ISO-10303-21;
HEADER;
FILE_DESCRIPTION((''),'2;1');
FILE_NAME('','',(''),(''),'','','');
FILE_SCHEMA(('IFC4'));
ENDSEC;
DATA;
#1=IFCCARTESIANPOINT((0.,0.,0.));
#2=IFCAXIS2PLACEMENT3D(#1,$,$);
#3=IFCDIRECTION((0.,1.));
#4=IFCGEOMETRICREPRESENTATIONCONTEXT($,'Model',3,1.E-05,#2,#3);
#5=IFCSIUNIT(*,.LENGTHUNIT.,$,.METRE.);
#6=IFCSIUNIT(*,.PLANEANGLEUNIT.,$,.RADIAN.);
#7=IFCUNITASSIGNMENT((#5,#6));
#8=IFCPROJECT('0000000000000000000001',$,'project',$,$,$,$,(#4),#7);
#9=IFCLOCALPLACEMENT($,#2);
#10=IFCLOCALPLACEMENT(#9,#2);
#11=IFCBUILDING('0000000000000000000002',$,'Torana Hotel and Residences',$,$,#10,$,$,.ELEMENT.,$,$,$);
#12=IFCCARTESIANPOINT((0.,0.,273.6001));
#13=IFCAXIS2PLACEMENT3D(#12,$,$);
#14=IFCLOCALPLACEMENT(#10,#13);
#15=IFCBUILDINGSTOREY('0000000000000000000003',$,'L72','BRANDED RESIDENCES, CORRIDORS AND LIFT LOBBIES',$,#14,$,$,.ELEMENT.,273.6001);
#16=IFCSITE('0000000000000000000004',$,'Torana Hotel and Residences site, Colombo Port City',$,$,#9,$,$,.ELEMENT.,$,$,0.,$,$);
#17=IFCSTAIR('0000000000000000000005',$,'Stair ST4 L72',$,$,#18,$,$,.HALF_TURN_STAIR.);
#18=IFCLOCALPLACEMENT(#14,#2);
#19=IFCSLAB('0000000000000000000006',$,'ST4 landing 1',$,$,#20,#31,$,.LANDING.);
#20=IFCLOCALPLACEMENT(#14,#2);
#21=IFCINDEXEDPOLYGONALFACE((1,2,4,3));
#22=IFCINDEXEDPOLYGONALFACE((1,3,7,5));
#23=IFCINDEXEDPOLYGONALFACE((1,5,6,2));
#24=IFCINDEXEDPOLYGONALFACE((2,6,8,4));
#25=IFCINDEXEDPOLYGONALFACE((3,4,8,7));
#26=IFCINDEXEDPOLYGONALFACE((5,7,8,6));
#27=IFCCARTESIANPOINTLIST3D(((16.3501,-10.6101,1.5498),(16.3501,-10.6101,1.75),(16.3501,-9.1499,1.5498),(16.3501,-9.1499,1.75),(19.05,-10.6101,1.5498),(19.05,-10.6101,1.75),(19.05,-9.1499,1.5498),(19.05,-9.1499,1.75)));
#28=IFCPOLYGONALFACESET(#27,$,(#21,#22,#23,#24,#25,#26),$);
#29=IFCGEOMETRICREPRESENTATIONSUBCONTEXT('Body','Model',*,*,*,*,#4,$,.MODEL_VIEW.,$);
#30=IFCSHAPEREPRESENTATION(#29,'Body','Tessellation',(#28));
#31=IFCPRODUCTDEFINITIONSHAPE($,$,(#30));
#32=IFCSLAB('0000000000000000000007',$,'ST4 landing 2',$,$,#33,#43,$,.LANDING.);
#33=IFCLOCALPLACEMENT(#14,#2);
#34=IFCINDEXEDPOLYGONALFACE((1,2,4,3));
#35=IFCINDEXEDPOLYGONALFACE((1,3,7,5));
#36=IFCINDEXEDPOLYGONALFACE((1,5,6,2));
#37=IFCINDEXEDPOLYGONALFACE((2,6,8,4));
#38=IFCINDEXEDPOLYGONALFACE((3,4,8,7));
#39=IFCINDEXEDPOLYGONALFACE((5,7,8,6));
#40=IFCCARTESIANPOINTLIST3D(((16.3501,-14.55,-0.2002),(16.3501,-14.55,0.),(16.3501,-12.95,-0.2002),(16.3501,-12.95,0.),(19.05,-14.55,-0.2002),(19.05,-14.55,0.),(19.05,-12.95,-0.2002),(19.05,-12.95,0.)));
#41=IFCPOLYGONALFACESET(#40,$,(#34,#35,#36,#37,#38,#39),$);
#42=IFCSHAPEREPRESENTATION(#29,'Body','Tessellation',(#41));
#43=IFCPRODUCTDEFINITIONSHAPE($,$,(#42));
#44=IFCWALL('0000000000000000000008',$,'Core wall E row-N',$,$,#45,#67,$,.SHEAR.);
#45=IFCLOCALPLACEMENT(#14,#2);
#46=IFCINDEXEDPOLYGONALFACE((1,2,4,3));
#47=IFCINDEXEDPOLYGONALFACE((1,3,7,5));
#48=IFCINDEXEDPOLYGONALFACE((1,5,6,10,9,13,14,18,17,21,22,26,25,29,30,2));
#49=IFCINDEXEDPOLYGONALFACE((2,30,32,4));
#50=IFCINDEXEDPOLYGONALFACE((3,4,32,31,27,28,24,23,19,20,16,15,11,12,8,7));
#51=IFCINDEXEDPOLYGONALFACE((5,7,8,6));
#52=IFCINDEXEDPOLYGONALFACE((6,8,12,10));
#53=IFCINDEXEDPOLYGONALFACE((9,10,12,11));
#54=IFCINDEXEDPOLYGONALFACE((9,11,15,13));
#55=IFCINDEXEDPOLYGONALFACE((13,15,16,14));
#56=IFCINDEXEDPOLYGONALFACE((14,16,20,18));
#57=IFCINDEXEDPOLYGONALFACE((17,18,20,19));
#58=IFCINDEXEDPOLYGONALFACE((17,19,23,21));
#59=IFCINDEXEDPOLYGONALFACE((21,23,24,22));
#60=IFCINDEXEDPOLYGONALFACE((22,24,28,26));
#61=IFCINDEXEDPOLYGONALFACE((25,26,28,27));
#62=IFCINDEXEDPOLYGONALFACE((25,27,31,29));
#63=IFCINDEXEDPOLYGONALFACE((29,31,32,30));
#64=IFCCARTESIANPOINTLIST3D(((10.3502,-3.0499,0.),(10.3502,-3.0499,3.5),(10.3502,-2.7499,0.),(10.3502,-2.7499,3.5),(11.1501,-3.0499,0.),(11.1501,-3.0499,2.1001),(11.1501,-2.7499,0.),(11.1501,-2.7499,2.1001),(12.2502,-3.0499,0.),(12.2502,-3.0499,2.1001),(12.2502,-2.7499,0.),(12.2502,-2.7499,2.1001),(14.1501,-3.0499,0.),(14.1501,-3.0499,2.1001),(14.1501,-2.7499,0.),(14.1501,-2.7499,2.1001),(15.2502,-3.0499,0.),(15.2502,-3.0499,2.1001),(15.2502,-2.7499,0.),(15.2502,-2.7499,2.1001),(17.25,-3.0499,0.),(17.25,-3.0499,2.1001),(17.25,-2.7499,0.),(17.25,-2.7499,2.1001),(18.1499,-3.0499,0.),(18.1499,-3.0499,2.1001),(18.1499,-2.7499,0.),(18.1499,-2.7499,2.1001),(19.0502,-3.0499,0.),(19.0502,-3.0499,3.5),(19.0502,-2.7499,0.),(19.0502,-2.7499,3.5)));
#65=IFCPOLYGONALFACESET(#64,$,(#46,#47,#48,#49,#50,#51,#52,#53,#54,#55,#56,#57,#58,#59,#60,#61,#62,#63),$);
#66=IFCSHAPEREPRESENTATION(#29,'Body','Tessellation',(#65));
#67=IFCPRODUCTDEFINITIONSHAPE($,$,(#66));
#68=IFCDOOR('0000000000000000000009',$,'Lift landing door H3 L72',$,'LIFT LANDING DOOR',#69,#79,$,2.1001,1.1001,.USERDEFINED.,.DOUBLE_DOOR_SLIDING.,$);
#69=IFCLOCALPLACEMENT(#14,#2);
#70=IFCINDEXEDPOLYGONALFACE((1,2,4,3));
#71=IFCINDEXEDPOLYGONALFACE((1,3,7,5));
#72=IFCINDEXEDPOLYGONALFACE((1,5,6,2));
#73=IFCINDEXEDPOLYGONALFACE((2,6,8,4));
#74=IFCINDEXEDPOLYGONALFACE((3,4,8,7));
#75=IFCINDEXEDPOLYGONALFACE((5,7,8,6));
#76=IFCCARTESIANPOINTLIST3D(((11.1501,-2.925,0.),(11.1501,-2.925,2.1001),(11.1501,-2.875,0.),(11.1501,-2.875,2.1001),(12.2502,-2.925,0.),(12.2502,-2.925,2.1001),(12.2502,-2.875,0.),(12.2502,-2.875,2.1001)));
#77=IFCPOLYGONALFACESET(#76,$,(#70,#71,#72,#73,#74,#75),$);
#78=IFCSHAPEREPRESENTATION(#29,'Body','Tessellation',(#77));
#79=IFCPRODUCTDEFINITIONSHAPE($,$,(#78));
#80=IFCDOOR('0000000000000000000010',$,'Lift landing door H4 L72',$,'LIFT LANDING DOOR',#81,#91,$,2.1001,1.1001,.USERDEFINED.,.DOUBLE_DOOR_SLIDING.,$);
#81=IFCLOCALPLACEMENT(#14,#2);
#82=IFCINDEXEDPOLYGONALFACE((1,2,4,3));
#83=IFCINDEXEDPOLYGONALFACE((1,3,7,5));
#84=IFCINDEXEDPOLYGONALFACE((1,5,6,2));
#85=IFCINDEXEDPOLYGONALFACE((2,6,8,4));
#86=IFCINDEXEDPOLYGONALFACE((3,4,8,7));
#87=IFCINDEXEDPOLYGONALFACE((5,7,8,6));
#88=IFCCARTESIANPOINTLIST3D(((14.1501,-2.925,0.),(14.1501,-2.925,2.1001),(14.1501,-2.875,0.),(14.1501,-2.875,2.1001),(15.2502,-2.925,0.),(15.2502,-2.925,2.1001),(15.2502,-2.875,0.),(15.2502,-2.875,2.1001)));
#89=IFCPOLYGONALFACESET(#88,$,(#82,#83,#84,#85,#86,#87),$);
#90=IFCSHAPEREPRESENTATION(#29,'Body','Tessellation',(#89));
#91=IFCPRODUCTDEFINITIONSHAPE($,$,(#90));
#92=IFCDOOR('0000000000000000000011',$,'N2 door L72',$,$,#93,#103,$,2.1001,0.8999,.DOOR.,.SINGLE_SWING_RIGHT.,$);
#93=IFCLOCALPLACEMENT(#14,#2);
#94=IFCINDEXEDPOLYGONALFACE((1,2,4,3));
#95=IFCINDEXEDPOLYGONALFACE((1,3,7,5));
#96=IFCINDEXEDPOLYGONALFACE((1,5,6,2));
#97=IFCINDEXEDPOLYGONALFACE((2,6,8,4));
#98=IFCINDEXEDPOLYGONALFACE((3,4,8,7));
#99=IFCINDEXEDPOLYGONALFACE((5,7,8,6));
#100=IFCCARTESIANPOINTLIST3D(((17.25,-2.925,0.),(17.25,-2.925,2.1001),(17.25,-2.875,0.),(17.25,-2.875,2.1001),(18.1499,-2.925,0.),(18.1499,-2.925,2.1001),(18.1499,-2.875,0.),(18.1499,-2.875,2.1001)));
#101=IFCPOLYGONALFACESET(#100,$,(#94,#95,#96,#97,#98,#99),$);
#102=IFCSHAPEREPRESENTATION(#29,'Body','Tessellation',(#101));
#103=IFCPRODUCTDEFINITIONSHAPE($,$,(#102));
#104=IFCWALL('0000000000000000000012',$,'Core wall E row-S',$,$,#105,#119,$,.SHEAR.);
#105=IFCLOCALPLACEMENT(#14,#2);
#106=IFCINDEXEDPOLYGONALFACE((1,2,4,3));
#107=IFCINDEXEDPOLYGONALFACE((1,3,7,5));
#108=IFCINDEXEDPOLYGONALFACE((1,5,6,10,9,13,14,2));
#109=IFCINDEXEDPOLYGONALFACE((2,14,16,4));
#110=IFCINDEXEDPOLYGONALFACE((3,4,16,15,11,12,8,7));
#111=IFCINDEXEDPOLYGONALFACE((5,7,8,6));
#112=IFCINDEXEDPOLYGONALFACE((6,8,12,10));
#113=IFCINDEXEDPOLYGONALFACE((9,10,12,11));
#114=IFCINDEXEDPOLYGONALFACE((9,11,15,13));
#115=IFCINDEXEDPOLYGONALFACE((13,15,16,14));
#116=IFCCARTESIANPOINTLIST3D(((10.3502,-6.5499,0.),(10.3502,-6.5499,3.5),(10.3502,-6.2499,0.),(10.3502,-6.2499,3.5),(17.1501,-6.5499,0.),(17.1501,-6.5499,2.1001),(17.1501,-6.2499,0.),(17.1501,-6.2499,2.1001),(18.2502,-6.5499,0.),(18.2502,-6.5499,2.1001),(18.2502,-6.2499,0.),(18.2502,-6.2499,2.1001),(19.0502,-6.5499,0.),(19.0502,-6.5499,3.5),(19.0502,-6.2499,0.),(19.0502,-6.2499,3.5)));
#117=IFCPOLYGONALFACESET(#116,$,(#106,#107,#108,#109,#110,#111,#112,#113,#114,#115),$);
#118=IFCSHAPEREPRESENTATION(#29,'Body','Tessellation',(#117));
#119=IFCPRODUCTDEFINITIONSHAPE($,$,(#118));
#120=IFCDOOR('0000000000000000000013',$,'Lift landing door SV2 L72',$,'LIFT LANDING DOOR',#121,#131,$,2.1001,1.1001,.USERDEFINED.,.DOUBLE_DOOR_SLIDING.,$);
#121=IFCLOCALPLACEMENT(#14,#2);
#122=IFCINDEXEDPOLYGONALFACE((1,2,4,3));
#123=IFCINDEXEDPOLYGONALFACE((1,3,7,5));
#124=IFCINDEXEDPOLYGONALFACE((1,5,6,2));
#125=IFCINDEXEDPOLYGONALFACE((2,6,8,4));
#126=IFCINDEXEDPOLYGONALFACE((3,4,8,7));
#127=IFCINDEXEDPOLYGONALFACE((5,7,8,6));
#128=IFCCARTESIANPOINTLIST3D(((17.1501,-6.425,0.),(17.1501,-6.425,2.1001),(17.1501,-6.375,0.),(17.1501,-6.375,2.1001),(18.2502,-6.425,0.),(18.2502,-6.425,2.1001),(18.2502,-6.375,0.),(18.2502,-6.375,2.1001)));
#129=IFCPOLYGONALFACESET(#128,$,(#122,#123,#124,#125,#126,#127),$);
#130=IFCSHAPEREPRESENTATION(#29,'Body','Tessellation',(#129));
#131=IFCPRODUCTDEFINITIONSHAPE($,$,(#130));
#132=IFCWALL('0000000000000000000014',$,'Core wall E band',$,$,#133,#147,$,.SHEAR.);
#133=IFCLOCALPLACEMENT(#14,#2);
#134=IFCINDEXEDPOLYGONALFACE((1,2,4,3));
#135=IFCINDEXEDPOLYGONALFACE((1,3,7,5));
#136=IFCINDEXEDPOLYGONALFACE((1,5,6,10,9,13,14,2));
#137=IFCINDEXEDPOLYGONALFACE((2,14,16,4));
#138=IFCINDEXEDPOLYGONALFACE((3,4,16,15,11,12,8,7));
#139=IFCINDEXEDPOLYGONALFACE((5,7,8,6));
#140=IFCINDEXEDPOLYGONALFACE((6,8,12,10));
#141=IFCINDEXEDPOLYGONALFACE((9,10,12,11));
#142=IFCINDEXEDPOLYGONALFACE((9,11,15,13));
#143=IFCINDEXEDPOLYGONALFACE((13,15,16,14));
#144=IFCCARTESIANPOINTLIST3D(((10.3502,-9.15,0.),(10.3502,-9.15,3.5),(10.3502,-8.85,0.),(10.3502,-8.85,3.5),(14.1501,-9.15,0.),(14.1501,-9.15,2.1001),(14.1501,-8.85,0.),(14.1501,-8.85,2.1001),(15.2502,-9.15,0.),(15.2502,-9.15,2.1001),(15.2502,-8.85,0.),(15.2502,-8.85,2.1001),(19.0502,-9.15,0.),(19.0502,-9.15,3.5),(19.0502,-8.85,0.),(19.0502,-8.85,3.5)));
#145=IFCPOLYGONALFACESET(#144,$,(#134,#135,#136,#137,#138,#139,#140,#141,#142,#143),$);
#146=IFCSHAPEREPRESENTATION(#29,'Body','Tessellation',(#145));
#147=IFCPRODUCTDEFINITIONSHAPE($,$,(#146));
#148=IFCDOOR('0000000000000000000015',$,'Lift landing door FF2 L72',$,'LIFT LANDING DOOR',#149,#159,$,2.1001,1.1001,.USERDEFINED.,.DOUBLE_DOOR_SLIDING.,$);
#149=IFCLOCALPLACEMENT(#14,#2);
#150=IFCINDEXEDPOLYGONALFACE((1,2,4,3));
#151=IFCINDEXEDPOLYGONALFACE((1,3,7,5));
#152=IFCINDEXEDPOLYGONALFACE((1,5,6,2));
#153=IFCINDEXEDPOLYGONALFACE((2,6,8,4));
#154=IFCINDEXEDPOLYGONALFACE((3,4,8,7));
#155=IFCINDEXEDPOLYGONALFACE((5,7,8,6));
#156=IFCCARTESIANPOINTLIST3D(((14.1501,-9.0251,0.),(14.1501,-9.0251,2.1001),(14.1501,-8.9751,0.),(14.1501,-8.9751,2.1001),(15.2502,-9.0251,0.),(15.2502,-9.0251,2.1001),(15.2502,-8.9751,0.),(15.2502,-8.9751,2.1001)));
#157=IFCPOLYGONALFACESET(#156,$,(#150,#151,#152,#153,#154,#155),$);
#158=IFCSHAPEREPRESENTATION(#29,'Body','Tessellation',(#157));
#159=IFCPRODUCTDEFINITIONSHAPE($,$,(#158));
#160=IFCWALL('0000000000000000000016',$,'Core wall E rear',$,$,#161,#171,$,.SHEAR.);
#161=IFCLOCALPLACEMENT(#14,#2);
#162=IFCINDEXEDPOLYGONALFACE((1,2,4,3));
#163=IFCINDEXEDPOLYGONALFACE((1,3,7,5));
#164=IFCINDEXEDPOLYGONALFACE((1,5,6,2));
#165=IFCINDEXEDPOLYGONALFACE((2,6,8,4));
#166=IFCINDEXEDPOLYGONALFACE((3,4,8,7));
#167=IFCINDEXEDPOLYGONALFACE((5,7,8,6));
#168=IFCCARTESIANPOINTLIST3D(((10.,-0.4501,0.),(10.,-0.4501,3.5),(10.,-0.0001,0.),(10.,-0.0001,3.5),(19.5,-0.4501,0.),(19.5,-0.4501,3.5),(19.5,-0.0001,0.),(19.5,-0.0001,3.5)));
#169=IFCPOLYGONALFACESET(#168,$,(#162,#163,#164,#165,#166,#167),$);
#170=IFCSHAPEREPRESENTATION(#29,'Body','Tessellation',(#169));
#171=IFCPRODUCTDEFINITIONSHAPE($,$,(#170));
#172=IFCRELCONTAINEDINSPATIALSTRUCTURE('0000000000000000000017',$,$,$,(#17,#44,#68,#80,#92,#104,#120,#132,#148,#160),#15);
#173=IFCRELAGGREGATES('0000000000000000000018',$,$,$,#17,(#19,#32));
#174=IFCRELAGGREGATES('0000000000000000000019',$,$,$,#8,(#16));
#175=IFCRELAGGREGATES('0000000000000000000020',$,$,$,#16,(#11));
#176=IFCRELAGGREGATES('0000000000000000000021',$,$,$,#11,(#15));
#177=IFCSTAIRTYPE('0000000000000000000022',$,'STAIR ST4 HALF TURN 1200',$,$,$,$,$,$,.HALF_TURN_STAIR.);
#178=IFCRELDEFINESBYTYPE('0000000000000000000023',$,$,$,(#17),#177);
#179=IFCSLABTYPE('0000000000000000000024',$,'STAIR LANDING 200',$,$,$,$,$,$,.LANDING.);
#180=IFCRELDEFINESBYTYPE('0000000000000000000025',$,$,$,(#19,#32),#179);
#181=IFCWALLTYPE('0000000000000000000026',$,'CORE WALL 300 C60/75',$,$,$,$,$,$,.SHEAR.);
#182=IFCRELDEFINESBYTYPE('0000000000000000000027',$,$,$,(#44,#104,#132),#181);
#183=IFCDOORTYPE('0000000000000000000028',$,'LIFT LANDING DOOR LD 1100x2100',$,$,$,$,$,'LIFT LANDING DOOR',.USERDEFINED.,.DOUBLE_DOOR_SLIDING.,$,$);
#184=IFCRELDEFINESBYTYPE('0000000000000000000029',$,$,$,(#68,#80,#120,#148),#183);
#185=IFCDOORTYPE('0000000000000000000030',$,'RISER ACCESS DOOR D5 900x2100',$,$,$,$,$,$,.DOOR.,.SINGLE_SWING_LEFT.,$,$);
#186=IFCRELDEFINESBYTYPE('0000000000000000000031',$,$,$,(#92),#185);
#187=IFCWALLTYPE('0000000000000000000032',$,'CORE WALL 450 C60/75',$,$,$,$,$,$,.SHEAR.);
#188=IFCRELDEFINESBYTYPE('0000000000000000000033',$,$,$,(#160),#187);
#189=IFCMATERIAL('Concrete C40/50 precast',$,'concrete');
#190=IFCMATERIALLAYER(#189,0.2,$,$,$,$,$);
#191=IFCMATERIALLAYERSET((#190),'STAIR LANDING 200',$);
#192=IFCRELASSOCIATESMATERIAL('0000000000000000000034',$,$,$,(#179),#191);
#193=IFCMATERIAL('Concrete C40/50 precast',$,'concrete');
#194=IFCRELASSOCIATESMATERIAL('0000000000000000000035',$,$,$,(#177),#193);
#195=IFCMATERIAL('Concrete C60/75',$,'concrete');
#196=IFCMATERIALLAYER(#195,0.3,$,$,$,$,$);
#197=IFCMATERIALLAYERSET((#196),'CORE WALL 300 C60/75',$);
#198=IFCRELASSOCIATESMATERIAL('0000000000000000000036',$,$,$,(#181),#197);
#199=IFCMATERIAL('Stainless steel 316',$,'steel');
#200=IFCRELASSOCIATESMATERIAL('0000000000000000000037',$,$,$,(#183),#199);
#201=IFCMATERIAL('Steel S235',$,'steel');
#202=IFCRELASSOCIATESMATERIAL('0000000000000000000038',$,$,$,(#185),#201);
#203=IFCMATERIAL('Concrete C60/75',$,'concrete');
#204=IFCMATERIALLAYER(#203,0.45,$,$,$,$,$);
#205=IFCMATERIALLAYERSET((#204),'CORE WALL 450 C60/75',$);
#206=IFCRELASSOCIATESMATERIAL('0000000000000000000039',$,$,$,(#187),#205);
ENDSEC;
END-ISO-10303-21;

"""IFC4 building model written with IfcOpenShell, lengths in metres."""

from ifc_helpers import new_model, si_unit, direction, frame, frame_2d, origin, place, context, subcontext, project, spatial, polyline, rectangle, outline, extrude, material, layer, layer_set, type_object, element, fill, aggregate, save


model = new_model("IFC4")

# Units and contexts
model_context = context("Model", 3, precision=1e-05, world=origin(), true_north=direction((0.0, 1.0)))
body_context = subcontext(model_context, "Body", "Model", "MODEL_VIEW")
ifc_project = project(units=[si_unit("LENGTHUNIT", "METRE"), si_unit("PLANEANGLEUNIT", "RADIAN")], contexts=[model_context])

# Site, building, storey
site_placement = place(None, origin())
site = spatial("IfcSite", under=ifc_project, at=site_placement, Name="Torana Hotel and Residences site, Colombo Port City", CompositionType="ELEMENT", RefElevation=0.0)
building_placement = place(site_placement, origin())
building = spatial("IfcBuilding", under=site, at=building_placement, Name="Torana Hotel and Residences", CompositionType="ELEMENT")
storey_placement = place(building_placement, frame((0.0, 0.0, 273.6001)))
storey = spatial("IfcBuildingStorey", under=building, at=storey_placement, Name="L72", Description="BRANDED RESIDENCES, CORRIDORS AND LIFT LOBBIES", CompositionType="ELEMENT", Elevation=273.6001)

# Stair, slabs
ifc_material_1 = material(Name="Concrete C40/50 precast", Category="concrete")
ifc_layer_1 = layer(ifc_material_1, 0.2)
ifc_layer_set_1 = layer_set([ifc_layer_1], Name="STAIR LANDING 200")
slab_type_1 = type_object("IfcSlabType", Name="STAIR LANDING 200", PredefinedType="LANDING", material=ifc_layer_set_1)
ifc_material_2 = material(Name="Concrete C40/50 precast", Category="concrete")
stair_type_1 = type_object("IfcStairType", Name="STAIR ST4 HALF TURN 1200", PredefinedType="HALF_TURN_STAIR", material=ifc_material_2)
stair_1_placement = place(storey_placement, origin())
stair_1 = element("IfcStair", 1, at=stair_1_placement, inside=storey, type_object=stair_type_1, Name="Stair ST4 L72", PredefinedType="HALF_TURN_STAIR")
slab_1_placement = place(storey_placement, frame((0.0, 0.0, 1.5498)))
slab_1 = element("IfcSlab", 2, at=slab_1_placement, type_object=slab_type_1, Name="ST4 landing 1", PredefinedType="LANDING", context=body_context, shape_type="SweptSolid", body=[
    extrude(outline(polyline([(16.3501, -10.6101), (19.05, -10.6101), (19.05, -9.1499), (16.3501, -9.1499), (16.3501, -10.6101)])), origin(), (0.0, 0.0, 1.0), 0.2002),
])
slab_2_placement = place(storey_placement, frame((0.0, 0.0, -0.2002)))
slab_2 = element("IfcSlab", 3, at=slab_2_placement, type_object=slab_type_1, Name="ST4 landing 2", PredefinedType="LANDING", context=body_context, shape_type="SweptSolid", body=[
    extrude(outline(polyline([(16.3501, -14.55), (19.05, -14.55), (19.05, -12.95), (16.3501, -12.95), (16.3501, -14.55)])), origin(), (0.0, 0.0, 1.0), 0.2002),
])
aggregate(stair_1, [slab_1, slab_2])

# Wall, openings, doors
ifc_material_3 = material(Name="Concrete C60/75", Category="concrete")
ifc_layer_2 = layer(ifc_material_3, 0.3)
ifc_layer_set_2 = layer_set([ifc_layer_2], Name="CORE WALL 300 C60/75")
wall_type_1 = type_object("IfcWallType", Name="CORE WALL 300 C60/75", PredefinedType="SHEAR", material=ifc_layer_set_2)
wall_1_placement = place(storey_placement, frame((10.3501, -2.8999, 0.0), z_axis=(0.0, 0.0, 1.0), x_axis=(1.0, 0.0, 0.0)))
wall_1 = element("IfcWall", 4, at=wall_1_placement, inside=storey, type_object=wall_type_1, Name="Core wall E row-N", PredefinedType="SHEAR", context=body_context, shape_type="SweptSolid", body=[
    extrude(rectangle(XDim=8.7, YDim=0.3, at=frame_2d((4.3501, 0.0))), origin(), (0.0, 0.0, 1.0), 3.5),
])
opening_1_placement = place(wall_1_placement, frame((0.8, 0.0, 0.0)))
opening_1 = element("IfcOpeningElement", 5, at=opening_1_placement, cuts=wall_1, PredefinedType="OPENING", context=body_context, shape_type="SweptSolid", body=[
    extrude(rectangle(XDim=1.1001, YDim=2.1001, at=frame_2d((0.55, 1.05))), frame((0.0, 0.1599, 0.0), z_axis=(0.0, -1.0, 0.0), x_axis=(1.0, 0.0, 0.0)), (0.0, 0.0, 1.0), 0.3201),
])
opening_2_placement = place(wall_1_placement, frame((3.8, 0.0, 0.0)))
opening_2 = element("IfcOpeningElement", 6, at=opening_2_placement, cuts=wall_1, PredefinedType="OPENING", context=body_context, shape_type="SweptSolid", body=[
    extrude(rectangle(XDim=1.1001, YDim=2.1001, at=frame_2d((0.55, 1.05))), frame((0.0, 0.1599, 0.0), z_axis=(0.0, -1.0, 0.0), x_axis=(1.0, 0.0, 0.0)), (0.0, 0.0, 1.0), 0.3201),
])
opening_3_placement = place(wall_1_placement, frame((6.8999, 0.0, 0.0)))
opening_3 = element("IfcOpeningElement", 7, at=opening_3_placement, cuts=wall_1, PredefinedType="OPENING", context=body_context, shape_type="SweptSolid", body=[
    extrude(rectangle(XDim=0.8999, YDim=2.1001, at=frame_2d((0.45, 1.05))), frame((0.0, 0.1599, 0.0), z_axis=(0.0, -1.0, 0.0), x_axis=(1.0, 0.0, 0.0)), (0.0, 0.0, 1.0), 0.3201),
])
ifc_material_4 = material(Name="Stainless steel 316", Category="steel")
door_type_1 = type_object("IfcDoorType", Name="LIFT LANDING DOOR LD 1100x2100", ElementType="LIFT LANDING DOOR", OperationType="DOUBLE_DOOR_SLIDING", PredefinedType="USERDEFINED", material=ifc_material_4)
door_1_placement = place(opening_1_placement, origin())
door_1 = element("IfcDoor", 8, at=door_1_placement, inside=storey, type_object=door_type_1, Name="Lift landing door H3 L72", ObjectType="LIFT LANDING DOOR", OperationType="DOUBLE_DOOR_SLIDING", OverallHeight=2.1001, OverallWidth=1.1001, PredefinedType="USERDEFINED", context=body_context, shape_type="SweptSolid", body=[
    extrude(rectangle(XDim=1.1001, YDim=2.1001, at=frame_2d((0.55, 1.05))), frame((0.0, 0.0249, 0.0), z_axis=(0.0, -1.0, 0.0), x_axis=(1.0, 0.0, 0.0)), (0.0, 0.0, 1.0), 0.05),
])
fill(opening_1, door_1)
door_2_placement = place(opening_2_placement, origin())
door_2 = element("IfcDoor", 9, at=door_2_placement, inside=storey, type_object=door_type_1, Name="Lift landing door H4 L72", ObjectType="LIFT LANDING DOOR", OperationType="DOUBLE_DOOR_SLIDING", OverallHeight=2.1001, OverallWidth=1.1001, PredefinedType="USERDEFINED", context=body_context, shape_type="SweptSolid", body=[
    extrude(rectangle(XDim=1.1001, YDim=2.1001, at=frame_2d((0.55, 1.05))), frame((0.0, 0.0249, 0.0), z_axis=(0.0, -1.0, 0.0), x_axis=(1.0, 0.0, 0.0)), (0.0, 0.0, 1.0), 0.05),
])
fill(opening_2, door_2)
ifc_material_5 = material(Name="Steel S235", Category="steel")
door_type_2 = type_object("IfcDoorType", Name="RISER ACCESS DOOR D5 900x2100", OperationType="SINGLE_SWING_LEFT", PredefinedType="DOOR", material=ifc_material_5)
door_3_placement = place(opening_3_placement, origin())
door_3 = element("IfcDoor", 10, at=door_3_placement, inside=storey, type_object=door_type_2, Name="N2 door L72", OperationType="SINGLE_SWING_RIGHT", OverallHeight=2.1001, OverallWidth=0.8999, PredefinedType="DOOR", context=body_context, shape_type="SweptSolid", body=[
    extrude(rectangle(XDim=0.8999, YDim=2.1001, at=frame_2d((0.45, 1.05))), frame((0.0, 0.0249, 0.0), z_axis=(0.0, -1.0, 0.0), x_axis=(1.0, 0.0, 0.0)), (0.0, 0.0, 1.0), 0.05),
])
fill(opening_3, door_3)

# Walls, openings, doors
wall_2_placement = place(storey_placement, frame((10.3501, -6.3999, 0.0), z_axis=(0.0, 0.0, 1.0), x_axis=(1.0, 0.0, 0.0)))
wall_2 = element("IfcWall", 11, at=wall_2_placement, inside=storey, type_object=wall_type_1, Name="Core wall E row-S", PredefinedType="SHEAR", context=body_context, shape_type="SweptSolid", body=[
    extrude(rectangle(XDim=8.7, YDim=0.3, at=frame_2d((4.3501, 0.0))), origin(), (0.0, 0.0, 1.0), 3.5),
])
opening_4_placement = place(wall_2_placement, frame((6.8, 0.0, 0.0)))
opening_4 = element("IfcOpeningElement", 12, at=opening_4_placement, cuts=wall_2, PredefinedType="OPENING", context=body_context, shape_type="SweptSolid", body=[
    extrude(rectangle(XDim=1.1001, YDim=2.1001, at=frame_2d((0.55, 1.05))), frame((0.0, 0.1599, 0.0), z_axis=(0.0, -1.0, 0.0), x_axis=(1.0, 0.0, 0.0)), (0.0, 0.0, 1.0), 0.3201),
])
door_4_placement = place(opening_4_placement, origin())
door_4 = element("IfcDoor", 13, at=door_4_placement, inside=storey, type_object=door_type_1, Name="Lift landing door SV2 L72", ObjectType="LIFT LANDING DOOR", OperationType="DOUBLE_DOOR_SLIDING", OverallHeight=2.1001, OverallWidth=1.1001, PredefinedType="USERDEFINED", context=body_context, shape_type="SweptSolid", body=[
    extrude(rectangle(XDim=1.1001, YDim=2.1001, at=frame_2d((0.55, 1.05))), frame((0.0, 0.0249, 0.0), z_axis=(0.0, -1.0, 0.0), x_axis=(1.0, 0.0, 0.0)), (0.0, 0.0, 1.0), 0.05),
])
fill(opening_4, door_4)
wall_3_placement = place(storey_placement, frame((10.3501, -9.0, 0.0), z_axis=(0.0, 0.0, 1.0), x_axis=(1.0, 0.0, 0.0)))
wall_3 = element("IfcWall", 14, at=wall_3_placement, inside=storey, type_object=wall_type_1, Name="Core wall E band", PredefinedType="SHEAR", context=body_context, shape_type="SweptSolid", body=[
    extrude(rectangle(XDim=8.7, YDim=0.3, at=frame_2d((4.3501, 0.0))), origin(), (0.0, 0.0, 1.0), 3.5),
])
opening_5_placement = place(wall_3_placement, frame((3.8, 0.0, 0.0)))
opening_5 = element("IfcOpeningElement", 15, at=opening_5_placement, cuts=wall_3, PredefinedType="OPENING", context=body_context, shape_type="SweptSolid", body=[
    extrude(rectangle(XDim=1.1001, YDim=2.1001, at=frame_2d((0.55, 1.05))), frame((0.0, 0.1599, 0.0), z_axis=(0.0, -1.0, 0.0), x_axis=(1.0, 0.0, 0.0)), (0.0, 0.0, 1.0), 0.3201),
])
door_5_placement = place(opening_5_placement, origin())
door_5 = element("IfcDoor", 16, at=door_5_placement, inside=storey, type_object=door_type_1, Name="Lift landing door FF2 L72", ObjectType="LIFT LANDING DOOR", OperationType="DOUBLE_DOOR_SLIDING", OverallHeight=2.1001, OverallWidth=1.1001, PredefinedType="USERDEFINED", context=body_context, shape_type="SweptSolid", body=[
    extrude(rectangle(XDim=1.1001, YDim=2.1001, at=frame_2d((0.55, 1.05))), frame((0.0, 0.0249, 0.0), z_axis=(0.0, -1.0, 0.0), x_axis=(1.0, 0.0, 0.0)), (0.0, 0.0, 1.0), 0.05),
])
fill(opening_5, door_5)

# Wall
ifc_material_6 = material(Name="Concrete C60/75", Category="concrete")
ifc_layer_3 = layer(ifc_material_6, 0.45)
ifc_layer_set_3 = layer_set([ifc_layer_3], Name="CORE WALL 450 C60/75")
wall_type_2 = type_object("IfcWallType", Name="CORE WALL 450 C60/75", PredefinedType="SHEAR", material=ifc_layer_set_3)
wall_4_placement = place(storey_placement, frame((10.0, -0.2251, 0.0), z_axis=(0.0, 0.0, 1.0), x_axis=(1.0, 0.0, 0.0)))
element("IfcWall", 17, at=wall_4_placement, inside=storey, type_object=wall_type_2, Name="Core wall E rear", PredefinedType="SHEAR", context=body_context, shape_type="SweptSolid", body=[
    extrude(rectangle(XDim=9.5, YDim=0.45, at=frame_2d((4.75, 0.0))), origin(), (0.0, 0.0, 1.0), 3.5),
])

save(model, "model.ifc")
